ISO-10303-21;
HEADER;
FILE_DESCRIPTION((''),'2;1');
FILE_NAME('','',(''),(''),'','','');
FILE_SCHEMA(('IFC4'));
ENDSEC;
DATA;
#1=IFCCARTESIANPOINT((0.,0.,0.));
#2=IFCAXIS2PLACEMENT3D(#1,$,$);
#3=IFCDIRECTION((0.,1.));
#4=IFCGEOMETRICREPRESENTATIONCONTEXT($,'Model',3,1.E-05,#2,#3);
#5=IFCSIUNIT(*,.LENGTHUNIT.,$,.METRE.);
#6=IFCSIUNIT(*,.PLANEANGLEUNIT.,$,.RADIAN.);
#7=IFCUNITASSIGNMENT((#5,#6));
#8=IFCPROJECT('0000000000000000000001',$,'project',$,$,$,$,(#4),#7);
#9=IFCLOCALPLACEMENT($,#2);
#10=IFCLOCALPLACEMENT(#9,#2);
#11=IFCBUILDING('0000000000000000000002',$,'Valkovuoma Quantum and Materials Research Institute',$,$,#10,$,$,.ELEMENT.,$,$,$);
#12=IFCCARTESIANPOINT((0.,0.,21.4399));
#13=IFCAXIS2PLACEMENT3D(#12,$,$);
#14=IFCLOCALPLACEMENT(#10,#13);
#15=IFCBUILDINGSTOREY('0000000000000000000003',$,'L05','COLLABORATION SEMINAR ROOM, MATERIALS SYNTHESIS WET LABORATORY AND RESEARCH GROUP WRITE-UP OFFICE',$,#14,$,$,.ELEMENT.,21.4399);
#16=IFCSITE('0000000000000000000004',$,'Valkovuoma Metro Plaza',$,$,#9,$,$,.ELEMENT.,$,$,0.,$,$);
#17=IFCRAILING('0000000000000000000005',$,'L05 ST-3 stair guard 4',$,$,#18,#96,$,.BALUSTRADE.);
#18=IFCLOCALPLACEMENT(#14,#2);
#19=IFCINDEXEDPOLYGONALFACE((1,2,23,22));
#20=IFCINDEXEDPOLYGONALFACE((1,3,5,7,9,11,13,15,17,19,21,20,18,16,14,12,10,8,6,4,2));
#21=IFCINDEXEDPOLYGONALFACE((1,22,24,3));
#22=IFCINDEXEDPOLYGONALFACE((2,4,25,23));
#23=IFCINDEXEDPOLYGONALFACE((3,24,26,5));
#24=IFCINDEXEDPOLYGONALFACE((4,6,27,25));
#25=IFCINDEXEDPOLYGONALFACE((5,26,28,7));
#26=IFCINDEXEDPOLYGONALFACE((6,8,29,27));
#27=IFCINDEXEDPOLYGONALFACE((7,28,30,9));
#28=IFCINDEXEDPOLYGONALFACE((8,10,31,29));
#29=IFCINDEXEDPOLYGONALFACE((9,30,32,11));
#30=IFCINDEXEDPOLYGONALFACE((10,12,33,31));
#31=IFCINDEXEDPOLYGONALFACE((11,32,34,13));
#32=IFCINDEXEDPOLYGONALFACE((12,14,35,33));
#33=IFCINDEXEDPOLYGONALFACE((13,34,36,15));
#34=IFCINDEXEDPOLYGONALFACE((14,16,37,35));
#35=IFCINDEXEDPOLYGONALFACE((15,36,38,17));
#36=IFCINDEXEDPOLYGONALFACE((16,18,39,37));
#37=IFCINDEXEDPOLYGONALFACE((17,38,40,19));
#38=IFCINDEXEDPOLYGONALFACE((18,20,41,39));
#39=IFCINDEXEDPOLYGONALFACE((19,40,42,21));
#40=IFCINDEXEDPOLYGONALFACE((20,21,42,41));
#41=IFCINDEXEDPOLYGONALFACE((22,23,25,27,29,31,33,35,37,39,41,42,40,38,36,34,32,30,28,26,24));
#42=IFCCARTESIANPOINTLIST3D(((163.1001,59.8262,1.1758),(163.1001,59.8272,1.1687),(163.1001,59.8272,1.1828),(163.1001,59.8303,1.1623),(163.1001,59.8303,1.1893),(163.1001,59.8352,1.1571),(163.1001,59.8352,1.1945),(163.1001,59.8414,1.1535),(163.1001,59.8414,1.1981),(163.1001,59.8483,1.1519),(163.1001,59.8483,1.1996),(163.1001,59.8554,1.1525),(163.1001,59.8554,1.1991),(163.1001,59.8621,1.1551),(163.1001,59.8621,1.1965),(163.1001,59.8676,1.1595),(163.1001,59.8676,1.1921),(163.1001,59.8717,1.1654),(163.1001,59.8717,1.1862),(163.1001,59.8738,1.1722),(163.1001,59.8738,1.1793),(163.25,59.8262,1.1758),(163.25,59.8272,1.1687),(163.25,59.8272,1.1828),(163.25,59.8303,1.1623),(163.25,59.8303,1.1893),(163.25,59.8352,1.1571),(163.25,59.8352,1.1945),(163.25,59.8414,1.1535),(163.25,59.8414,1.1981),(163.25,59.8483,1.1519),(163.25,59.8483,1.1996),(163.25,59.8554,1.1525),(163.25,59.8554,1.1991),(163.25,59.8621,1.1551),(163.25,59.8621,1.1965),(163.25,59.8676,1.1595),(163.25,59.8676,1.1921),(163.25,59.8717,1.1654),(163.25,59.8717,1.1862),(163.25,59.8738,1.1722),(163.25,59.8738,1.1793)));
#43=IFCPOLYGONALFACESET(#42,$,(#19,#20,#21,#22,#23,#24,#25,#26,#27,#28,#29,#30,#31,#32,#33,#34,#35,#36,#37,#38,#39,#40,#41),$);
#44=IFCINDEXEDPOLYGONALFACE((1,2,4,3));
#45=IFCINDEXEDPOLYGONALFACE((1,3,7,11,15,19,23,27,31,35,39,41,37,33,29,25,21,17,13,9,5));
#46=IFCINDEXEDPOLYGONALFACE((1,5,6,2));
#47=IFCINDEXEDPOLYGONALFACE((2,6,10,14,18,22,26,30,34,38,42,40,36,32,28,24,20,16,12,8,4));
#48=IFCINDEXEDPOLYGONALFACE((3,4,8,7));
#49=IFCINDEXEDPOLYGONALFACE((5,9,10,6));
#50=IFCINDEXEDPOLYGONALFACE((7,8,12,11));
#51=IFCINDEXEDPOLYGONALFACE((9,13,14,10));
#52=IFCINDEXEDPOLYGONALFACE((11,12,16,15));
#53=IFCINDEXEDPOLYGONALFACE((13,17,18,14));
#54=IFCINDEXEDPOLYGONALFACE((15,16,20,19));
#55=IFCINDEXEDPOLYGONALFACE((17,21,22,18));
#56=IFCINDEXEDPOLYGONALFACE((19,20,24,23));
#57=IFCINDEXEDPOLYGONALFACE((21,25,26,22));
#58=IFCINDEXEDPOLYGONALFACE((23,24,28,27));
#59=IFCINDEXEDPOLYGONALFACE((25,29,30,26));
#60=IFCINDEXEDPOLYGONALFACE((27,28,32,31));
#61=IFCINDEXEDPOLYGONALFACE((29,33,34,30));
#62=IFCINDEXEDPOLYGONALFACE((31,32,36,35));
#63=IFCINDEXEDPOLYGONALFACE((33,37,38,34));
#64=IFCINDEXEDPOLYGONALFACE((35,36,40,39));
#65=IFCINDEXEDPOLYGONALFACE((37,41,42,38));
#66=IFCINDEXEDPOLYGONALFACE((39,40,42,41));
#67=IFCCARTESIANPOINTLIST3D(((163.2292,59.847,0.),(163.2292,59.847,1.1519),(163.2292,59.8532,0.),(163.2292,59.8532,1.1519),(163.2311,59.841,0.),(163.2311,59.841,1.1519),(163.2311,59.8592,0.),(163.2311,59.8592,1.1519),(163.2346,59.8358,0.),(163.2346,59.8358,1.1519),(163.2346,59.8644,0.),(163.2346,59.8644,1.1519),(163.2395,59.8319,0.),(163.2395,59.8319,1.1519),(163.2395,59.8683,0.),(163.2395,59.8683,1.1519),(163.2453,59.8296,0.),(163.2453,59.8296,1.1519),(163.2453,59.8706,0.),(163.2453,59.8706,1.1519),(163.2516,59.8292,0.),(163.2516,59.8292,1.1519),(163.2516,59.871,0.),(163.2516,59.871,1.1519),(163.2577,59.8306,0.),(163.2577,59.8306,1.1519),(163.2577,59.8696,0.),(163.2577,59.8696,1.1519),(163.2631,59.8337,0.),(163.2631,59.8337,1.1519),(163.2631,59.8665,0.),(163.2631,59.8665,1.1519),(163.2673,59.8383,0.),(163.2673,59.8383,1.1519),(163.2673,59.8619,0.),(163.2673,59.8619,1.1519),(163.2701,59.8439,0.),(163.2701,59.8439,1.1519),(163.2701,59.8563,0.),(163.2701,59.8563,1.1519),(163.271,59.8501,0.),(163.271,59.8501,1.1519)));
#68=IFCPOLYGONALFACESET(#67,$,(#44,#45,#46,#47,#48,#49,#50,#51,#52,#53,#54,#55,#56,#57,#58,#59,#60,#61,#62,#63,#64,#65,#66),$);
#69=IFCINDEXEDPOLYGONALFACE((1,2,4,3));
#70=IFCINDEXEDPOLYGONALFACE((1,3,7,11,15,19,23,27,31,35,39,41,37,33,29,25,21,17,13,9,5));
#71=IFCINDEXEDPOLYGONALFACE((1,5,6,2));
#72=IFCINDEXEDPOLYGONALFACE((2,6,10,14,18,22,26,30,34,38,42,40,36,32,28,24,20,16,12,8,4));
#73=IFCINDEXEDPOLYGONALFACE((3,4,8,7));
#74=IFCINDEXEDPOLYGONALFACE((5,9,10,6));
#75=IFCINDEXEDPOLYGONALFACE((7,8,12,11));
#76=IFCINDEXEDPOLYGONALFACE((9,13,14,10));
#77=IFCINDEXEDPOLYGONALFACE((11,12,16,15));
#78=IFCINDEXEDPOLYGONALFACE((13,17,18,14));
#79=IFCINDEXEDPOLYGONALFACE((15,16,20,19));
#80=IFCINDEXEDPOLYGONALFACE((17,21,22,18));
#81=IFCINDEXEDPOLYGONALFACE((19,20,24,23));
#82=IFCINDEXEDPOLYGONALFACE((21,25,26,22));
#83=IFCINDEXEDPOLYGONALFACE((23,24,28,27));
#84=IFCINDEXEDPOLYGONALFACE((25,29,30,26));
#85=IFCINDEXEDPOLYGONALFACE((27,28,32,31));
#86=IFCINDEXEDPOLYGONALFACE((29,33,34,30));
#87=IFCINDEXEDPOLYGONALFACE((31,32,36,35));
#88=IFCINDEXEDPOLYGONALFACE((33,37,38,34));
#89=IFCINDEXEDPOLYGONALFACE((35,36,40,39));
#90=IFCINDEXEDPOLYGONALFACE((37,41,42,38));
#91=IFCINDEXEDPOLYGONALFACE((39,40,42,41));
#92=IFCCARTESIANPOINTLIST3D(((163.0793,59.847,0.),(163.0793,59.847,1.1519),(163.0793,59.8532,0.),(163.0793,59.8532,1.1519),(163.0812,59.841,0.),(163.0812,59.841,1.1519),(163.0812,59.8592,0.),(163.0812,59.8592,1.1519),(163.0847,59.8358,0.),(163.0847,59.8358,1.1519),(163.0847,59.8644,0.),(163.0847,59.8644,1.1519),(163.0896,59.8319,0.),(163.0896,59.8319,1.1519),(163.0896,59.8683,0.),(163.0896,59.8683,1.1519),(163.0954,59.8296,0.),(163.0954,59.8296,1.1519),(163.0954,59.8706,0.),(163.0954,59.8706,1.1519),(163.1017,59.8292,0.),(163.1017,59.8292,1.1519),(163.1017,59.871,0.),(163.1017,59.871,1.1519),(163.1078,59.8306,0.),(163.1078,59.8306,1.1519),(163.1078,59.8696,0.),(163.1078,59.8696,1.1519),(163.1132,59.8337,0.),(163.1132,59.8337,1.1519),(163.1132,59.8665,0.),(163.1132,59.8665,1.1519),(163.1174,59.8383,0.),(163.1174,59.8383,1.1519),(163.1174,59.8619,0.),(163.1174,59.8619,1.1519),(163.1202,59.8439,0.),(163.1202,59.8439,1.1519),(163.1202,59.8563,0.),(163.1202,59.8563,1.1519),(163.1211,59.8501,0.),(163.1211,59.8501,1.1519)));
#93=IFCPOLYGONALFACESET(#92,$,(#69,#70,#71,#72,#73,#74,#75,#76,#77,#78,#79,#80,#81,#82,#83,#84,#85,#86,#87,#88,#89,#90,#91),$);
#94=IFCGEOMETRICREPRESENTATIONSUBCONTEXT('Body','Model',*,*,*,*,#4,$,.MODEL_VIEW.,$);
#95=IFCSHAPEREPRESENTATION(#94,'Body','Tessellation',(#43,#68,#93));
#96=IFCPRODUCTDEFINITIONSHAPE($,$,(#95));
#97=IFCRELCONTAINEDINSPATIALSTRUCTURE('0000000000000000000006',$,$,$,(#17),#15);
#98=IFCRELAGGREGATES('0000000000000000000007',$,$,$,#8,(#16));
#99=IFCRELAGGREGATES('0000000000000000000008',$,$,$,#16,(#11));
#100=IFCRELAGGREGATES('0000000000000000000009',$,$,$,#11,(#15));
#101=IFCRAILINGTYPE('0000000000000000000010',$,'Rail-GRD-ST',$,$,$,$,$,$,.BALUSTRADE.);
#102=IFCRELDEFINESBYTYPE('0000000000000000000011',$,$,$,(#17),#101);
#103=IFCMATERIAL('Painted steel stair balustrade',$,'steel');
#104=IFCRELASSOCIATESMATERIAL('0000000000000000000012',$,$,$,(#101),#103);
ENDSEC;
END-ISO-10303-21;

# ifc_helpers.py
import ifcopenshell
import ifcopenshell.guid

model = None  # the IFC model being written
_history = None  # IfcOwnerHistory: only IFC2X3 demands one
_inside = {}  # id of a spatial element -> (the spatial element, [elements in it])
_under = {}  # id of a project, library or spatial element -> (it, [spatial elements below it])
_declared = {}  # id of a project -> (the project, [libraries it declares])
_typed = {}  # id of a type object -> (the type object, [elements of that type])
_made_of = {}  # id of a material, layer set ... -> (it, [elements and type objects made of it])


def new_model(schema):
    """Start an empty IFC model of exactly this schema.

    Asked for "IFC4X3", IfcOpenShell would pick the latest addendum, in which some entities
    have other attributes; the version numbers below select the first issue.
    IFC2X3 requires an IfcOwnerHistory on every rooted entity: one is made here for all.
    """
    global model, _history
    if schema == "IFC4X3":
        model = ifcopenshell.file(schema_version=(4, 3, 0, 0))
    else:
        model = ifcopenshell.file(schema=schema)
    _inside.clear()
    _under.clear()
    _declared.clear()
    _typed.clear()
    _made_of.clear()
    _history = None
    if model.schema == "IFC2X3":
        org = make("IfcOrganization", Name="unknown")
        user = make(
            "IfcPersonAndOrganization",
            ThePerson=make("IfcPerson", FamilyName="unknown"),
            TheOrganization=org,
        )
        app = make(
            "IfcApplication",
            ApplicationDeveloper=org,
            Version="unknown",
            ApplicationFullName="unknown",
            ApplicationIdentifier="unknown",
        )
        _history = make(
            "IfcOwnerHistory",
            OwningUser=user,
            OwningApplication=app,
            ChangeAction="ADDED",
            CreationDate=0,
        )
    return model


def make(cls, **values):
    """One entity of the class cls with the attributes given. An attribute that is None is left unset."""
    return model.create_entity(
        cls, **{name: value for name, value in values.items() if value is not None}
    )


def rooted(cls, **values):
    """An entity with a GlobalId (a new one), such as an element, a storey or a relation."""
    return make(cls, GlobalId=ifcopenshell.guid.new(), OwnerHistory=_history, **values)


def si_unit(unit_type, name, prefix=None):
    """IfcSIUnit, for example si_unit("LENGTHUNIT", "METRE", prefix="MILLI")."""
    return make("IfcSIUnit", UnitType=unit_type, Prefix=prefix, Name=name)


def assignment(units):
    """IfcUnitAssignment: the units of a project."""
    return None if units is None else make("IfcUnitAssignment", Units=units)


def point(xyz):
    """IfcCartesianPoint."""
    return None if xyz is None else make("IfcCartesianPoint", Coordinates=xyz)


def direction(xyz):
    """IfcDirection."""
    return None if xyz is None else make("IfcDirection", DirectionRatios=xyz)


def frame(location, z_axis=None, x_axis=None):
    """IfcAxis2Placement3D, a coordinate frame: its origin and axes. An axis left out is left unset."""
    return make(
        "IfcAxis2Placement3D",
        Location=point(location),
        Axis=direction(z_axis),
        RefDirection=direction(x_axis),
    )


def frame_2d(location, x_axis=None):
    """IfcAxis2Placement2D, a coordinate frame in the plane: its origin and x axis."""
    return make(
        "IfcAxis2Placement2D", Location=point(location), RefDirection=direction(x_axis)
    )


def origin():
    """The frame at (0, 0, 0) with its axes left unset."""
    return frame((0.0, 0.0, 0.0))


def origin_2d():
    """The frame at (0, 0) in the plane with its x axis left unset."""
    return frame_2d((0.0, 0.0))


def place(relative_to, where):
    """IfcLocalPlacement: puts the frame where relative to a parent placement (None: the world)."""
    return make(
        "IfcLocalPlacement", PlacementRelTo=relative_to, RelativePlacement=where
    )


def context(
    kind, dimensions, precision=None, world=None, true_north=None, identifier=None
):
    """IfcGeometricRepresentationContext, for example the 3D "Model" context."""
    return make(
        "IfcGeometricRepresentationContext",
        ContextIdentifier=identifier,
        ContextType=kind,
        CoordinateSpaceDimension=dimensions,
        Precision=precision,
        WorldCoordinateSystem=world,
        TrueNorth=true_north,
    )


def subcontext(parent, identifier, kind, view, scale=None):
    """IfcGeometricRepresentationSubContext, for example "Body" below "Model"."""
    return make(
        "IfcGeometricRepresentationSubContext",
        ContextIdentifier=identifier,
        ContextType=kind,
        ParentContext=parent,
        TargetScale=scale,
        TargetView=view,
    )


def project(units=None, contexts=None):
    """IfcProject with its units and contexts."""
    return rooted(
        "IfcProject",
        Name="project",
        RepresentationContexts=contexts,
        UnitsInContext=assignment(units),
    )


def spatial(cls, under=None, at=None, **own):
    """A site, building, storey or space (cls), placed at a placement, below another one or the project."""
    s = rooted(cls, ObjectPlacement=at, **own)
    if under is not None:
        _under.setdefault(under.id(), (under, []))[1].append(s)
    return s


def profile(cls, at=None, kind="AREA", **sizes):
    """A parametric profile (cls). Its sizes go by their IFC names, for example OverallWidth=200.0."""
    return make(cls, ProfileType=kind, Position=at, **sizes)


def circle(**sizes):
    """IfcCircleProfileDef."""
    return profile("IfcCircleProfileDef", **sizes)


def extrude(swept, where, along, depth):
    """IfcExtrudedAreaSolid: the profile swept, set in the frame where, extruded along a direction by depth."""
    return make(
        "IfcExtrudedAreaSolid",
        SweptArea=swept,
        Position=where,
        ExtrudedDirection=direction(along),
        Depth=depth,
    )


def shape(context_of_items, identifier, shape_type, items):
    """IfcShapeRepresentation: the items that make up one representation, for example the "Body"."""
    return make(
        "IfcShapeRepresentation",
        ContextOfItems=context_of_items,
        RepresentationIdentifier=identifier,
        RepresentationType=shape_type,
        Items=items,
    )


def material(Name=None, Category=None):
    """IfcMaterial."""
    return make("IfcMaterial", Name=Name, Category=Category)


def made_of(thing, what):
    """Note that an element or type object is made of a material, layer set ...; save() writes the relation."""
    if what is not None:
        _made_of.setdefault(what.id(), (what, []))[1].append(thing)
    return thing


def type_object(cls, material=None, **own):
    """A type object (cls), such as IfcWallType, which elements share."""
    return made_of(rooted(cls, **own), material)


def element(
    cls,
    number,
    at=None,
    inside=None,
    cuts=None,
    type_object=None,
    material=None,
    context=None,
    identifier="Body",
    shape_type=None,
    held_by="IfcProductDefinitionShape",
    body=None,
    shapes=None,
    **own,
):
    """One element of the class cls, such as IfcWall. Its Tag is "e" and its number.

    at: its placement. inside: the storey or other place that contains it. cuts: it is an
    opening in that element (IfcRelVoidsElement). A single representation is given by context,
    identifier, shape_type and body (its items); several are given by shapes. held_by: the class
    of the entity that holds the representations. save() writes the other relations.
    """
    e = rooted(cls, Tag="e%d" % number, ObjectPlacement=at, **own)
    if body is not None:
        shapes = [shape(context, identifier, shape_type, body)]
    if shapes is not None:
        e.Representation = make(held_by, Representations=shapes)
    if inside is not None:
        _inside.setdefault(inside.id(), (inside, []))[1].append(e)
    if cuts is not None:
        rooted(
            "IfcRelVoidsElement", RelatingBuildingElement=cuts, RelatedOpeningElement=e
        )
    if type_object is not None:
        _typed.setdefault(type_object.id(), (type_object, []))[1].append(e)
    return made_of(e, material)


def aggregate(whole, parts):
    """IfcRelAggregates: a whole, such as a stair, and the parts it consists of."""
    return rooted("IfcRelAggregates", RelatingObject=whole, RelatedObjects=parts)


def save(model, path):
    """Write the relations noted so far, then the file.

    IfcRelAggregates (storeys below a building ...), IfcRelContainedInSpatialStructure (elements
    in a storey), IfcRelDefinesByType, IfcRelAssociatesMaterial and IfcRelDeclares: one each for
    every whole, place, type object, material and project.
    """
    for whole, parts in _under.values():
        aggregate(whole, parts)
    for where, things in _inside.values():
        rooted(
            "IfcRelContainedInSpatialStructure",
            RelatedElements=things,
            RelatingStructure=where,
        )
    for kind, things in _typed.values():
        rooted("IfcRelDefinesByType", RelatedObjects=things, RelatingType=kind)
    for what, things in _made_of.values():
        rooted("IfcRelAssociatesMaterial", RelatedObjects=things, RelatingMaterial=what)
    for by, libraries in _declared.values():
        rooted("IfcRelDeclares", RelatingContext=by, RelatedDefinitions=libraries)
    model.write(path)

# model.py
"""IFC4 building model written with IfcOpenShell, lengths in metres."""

from ifc_helpers import new_model, si_unit, direction, frame, origin, origin_2d, place, context, subcontext, project, spatial, circle, extrude, material, type_object, element, save


model = new_model("IFC4")

# Units and contexts
model_context = context("Model", 3, precision=1e-05, world=origin(), true_north=direction((0.0, 1.0)))
body_context = subcontext(model_context, "Body", "Model", "MODEL_VIEW")
ifc_project = project(units=[si_unit("LENGTHUNIT", "METRE"), si_unit("PLANEANGLEUNIT", "RADIAN")], contexts=[model_context])

# Site, building, storey
site_placement = place(None, origin())
site = spatial("IfcSite", under=ifc_project, at=site_placement, Name="Valkovuoma Metro Plaza", CompositionType="ELEMENT", RefElevation=0.0)
building_placement = place(site_placement, origin())
building = spatial("IfcBuilding", under=site, at=building_placement, Name="Valkovuoma Quantum and Materials Research Institute", CompositionType="ELEMENT")
storey_placement = place(building_placement, frame((0.0, 0.0, 21.4399)))
storey = spatial("IfcBuildingStorey", under=building, at=storey_placement, Name="L05", Description="COLLABORATION SEMINAR ROOM, MATERIALS SYNTHESIS WET LABORATORY AND RESEARCH GROUP WRITE-UP OFFICE", CompositionType="ELEMENT", Elevation=21.4399)

# Railing
ifc_material_1 = material(Name="Painted steel stair balustrade", Category="steel")
railing_type_1 = type_object("IfcRailingType", Name="Rail-GRD-ST", PredefinedType="BALUSTRADE", material=ifc_material_1)
railing_1_placement = place(storey_placement, frame((163.25, 59.8501, 0.0)))
element("IfcRailing", 1, at=railing_1_placement, inside=storey, type_object=railing_type_1, Name="L05 ST-3 stair guard 4", PredefinedType="BALUSTRADE", context=body_context, shape_type="SweptSolid", body=[
    extrude(circle(Radius=0.0239, at=origin_2d()), frame((0.0, 0.0, 1.1758), z_axis=(-1.0, 0.0, 0.0), x_axis=(0.0, -1.0, 0.0)), (0.0, 0.0, 1.0), 0.1499),
    extrude(circle(Radius=0.021, at=origin_2d()), origin(), (0.0, 0.0, 1.0), 1.1519),
    extrude(circle(Radius=0.021, at=origin_2d()), frame((-0.1499, 0.0, 0.0)), (0.0, 0.0, 1.0), 1.1519),
])

save(model, "model.ifc")
